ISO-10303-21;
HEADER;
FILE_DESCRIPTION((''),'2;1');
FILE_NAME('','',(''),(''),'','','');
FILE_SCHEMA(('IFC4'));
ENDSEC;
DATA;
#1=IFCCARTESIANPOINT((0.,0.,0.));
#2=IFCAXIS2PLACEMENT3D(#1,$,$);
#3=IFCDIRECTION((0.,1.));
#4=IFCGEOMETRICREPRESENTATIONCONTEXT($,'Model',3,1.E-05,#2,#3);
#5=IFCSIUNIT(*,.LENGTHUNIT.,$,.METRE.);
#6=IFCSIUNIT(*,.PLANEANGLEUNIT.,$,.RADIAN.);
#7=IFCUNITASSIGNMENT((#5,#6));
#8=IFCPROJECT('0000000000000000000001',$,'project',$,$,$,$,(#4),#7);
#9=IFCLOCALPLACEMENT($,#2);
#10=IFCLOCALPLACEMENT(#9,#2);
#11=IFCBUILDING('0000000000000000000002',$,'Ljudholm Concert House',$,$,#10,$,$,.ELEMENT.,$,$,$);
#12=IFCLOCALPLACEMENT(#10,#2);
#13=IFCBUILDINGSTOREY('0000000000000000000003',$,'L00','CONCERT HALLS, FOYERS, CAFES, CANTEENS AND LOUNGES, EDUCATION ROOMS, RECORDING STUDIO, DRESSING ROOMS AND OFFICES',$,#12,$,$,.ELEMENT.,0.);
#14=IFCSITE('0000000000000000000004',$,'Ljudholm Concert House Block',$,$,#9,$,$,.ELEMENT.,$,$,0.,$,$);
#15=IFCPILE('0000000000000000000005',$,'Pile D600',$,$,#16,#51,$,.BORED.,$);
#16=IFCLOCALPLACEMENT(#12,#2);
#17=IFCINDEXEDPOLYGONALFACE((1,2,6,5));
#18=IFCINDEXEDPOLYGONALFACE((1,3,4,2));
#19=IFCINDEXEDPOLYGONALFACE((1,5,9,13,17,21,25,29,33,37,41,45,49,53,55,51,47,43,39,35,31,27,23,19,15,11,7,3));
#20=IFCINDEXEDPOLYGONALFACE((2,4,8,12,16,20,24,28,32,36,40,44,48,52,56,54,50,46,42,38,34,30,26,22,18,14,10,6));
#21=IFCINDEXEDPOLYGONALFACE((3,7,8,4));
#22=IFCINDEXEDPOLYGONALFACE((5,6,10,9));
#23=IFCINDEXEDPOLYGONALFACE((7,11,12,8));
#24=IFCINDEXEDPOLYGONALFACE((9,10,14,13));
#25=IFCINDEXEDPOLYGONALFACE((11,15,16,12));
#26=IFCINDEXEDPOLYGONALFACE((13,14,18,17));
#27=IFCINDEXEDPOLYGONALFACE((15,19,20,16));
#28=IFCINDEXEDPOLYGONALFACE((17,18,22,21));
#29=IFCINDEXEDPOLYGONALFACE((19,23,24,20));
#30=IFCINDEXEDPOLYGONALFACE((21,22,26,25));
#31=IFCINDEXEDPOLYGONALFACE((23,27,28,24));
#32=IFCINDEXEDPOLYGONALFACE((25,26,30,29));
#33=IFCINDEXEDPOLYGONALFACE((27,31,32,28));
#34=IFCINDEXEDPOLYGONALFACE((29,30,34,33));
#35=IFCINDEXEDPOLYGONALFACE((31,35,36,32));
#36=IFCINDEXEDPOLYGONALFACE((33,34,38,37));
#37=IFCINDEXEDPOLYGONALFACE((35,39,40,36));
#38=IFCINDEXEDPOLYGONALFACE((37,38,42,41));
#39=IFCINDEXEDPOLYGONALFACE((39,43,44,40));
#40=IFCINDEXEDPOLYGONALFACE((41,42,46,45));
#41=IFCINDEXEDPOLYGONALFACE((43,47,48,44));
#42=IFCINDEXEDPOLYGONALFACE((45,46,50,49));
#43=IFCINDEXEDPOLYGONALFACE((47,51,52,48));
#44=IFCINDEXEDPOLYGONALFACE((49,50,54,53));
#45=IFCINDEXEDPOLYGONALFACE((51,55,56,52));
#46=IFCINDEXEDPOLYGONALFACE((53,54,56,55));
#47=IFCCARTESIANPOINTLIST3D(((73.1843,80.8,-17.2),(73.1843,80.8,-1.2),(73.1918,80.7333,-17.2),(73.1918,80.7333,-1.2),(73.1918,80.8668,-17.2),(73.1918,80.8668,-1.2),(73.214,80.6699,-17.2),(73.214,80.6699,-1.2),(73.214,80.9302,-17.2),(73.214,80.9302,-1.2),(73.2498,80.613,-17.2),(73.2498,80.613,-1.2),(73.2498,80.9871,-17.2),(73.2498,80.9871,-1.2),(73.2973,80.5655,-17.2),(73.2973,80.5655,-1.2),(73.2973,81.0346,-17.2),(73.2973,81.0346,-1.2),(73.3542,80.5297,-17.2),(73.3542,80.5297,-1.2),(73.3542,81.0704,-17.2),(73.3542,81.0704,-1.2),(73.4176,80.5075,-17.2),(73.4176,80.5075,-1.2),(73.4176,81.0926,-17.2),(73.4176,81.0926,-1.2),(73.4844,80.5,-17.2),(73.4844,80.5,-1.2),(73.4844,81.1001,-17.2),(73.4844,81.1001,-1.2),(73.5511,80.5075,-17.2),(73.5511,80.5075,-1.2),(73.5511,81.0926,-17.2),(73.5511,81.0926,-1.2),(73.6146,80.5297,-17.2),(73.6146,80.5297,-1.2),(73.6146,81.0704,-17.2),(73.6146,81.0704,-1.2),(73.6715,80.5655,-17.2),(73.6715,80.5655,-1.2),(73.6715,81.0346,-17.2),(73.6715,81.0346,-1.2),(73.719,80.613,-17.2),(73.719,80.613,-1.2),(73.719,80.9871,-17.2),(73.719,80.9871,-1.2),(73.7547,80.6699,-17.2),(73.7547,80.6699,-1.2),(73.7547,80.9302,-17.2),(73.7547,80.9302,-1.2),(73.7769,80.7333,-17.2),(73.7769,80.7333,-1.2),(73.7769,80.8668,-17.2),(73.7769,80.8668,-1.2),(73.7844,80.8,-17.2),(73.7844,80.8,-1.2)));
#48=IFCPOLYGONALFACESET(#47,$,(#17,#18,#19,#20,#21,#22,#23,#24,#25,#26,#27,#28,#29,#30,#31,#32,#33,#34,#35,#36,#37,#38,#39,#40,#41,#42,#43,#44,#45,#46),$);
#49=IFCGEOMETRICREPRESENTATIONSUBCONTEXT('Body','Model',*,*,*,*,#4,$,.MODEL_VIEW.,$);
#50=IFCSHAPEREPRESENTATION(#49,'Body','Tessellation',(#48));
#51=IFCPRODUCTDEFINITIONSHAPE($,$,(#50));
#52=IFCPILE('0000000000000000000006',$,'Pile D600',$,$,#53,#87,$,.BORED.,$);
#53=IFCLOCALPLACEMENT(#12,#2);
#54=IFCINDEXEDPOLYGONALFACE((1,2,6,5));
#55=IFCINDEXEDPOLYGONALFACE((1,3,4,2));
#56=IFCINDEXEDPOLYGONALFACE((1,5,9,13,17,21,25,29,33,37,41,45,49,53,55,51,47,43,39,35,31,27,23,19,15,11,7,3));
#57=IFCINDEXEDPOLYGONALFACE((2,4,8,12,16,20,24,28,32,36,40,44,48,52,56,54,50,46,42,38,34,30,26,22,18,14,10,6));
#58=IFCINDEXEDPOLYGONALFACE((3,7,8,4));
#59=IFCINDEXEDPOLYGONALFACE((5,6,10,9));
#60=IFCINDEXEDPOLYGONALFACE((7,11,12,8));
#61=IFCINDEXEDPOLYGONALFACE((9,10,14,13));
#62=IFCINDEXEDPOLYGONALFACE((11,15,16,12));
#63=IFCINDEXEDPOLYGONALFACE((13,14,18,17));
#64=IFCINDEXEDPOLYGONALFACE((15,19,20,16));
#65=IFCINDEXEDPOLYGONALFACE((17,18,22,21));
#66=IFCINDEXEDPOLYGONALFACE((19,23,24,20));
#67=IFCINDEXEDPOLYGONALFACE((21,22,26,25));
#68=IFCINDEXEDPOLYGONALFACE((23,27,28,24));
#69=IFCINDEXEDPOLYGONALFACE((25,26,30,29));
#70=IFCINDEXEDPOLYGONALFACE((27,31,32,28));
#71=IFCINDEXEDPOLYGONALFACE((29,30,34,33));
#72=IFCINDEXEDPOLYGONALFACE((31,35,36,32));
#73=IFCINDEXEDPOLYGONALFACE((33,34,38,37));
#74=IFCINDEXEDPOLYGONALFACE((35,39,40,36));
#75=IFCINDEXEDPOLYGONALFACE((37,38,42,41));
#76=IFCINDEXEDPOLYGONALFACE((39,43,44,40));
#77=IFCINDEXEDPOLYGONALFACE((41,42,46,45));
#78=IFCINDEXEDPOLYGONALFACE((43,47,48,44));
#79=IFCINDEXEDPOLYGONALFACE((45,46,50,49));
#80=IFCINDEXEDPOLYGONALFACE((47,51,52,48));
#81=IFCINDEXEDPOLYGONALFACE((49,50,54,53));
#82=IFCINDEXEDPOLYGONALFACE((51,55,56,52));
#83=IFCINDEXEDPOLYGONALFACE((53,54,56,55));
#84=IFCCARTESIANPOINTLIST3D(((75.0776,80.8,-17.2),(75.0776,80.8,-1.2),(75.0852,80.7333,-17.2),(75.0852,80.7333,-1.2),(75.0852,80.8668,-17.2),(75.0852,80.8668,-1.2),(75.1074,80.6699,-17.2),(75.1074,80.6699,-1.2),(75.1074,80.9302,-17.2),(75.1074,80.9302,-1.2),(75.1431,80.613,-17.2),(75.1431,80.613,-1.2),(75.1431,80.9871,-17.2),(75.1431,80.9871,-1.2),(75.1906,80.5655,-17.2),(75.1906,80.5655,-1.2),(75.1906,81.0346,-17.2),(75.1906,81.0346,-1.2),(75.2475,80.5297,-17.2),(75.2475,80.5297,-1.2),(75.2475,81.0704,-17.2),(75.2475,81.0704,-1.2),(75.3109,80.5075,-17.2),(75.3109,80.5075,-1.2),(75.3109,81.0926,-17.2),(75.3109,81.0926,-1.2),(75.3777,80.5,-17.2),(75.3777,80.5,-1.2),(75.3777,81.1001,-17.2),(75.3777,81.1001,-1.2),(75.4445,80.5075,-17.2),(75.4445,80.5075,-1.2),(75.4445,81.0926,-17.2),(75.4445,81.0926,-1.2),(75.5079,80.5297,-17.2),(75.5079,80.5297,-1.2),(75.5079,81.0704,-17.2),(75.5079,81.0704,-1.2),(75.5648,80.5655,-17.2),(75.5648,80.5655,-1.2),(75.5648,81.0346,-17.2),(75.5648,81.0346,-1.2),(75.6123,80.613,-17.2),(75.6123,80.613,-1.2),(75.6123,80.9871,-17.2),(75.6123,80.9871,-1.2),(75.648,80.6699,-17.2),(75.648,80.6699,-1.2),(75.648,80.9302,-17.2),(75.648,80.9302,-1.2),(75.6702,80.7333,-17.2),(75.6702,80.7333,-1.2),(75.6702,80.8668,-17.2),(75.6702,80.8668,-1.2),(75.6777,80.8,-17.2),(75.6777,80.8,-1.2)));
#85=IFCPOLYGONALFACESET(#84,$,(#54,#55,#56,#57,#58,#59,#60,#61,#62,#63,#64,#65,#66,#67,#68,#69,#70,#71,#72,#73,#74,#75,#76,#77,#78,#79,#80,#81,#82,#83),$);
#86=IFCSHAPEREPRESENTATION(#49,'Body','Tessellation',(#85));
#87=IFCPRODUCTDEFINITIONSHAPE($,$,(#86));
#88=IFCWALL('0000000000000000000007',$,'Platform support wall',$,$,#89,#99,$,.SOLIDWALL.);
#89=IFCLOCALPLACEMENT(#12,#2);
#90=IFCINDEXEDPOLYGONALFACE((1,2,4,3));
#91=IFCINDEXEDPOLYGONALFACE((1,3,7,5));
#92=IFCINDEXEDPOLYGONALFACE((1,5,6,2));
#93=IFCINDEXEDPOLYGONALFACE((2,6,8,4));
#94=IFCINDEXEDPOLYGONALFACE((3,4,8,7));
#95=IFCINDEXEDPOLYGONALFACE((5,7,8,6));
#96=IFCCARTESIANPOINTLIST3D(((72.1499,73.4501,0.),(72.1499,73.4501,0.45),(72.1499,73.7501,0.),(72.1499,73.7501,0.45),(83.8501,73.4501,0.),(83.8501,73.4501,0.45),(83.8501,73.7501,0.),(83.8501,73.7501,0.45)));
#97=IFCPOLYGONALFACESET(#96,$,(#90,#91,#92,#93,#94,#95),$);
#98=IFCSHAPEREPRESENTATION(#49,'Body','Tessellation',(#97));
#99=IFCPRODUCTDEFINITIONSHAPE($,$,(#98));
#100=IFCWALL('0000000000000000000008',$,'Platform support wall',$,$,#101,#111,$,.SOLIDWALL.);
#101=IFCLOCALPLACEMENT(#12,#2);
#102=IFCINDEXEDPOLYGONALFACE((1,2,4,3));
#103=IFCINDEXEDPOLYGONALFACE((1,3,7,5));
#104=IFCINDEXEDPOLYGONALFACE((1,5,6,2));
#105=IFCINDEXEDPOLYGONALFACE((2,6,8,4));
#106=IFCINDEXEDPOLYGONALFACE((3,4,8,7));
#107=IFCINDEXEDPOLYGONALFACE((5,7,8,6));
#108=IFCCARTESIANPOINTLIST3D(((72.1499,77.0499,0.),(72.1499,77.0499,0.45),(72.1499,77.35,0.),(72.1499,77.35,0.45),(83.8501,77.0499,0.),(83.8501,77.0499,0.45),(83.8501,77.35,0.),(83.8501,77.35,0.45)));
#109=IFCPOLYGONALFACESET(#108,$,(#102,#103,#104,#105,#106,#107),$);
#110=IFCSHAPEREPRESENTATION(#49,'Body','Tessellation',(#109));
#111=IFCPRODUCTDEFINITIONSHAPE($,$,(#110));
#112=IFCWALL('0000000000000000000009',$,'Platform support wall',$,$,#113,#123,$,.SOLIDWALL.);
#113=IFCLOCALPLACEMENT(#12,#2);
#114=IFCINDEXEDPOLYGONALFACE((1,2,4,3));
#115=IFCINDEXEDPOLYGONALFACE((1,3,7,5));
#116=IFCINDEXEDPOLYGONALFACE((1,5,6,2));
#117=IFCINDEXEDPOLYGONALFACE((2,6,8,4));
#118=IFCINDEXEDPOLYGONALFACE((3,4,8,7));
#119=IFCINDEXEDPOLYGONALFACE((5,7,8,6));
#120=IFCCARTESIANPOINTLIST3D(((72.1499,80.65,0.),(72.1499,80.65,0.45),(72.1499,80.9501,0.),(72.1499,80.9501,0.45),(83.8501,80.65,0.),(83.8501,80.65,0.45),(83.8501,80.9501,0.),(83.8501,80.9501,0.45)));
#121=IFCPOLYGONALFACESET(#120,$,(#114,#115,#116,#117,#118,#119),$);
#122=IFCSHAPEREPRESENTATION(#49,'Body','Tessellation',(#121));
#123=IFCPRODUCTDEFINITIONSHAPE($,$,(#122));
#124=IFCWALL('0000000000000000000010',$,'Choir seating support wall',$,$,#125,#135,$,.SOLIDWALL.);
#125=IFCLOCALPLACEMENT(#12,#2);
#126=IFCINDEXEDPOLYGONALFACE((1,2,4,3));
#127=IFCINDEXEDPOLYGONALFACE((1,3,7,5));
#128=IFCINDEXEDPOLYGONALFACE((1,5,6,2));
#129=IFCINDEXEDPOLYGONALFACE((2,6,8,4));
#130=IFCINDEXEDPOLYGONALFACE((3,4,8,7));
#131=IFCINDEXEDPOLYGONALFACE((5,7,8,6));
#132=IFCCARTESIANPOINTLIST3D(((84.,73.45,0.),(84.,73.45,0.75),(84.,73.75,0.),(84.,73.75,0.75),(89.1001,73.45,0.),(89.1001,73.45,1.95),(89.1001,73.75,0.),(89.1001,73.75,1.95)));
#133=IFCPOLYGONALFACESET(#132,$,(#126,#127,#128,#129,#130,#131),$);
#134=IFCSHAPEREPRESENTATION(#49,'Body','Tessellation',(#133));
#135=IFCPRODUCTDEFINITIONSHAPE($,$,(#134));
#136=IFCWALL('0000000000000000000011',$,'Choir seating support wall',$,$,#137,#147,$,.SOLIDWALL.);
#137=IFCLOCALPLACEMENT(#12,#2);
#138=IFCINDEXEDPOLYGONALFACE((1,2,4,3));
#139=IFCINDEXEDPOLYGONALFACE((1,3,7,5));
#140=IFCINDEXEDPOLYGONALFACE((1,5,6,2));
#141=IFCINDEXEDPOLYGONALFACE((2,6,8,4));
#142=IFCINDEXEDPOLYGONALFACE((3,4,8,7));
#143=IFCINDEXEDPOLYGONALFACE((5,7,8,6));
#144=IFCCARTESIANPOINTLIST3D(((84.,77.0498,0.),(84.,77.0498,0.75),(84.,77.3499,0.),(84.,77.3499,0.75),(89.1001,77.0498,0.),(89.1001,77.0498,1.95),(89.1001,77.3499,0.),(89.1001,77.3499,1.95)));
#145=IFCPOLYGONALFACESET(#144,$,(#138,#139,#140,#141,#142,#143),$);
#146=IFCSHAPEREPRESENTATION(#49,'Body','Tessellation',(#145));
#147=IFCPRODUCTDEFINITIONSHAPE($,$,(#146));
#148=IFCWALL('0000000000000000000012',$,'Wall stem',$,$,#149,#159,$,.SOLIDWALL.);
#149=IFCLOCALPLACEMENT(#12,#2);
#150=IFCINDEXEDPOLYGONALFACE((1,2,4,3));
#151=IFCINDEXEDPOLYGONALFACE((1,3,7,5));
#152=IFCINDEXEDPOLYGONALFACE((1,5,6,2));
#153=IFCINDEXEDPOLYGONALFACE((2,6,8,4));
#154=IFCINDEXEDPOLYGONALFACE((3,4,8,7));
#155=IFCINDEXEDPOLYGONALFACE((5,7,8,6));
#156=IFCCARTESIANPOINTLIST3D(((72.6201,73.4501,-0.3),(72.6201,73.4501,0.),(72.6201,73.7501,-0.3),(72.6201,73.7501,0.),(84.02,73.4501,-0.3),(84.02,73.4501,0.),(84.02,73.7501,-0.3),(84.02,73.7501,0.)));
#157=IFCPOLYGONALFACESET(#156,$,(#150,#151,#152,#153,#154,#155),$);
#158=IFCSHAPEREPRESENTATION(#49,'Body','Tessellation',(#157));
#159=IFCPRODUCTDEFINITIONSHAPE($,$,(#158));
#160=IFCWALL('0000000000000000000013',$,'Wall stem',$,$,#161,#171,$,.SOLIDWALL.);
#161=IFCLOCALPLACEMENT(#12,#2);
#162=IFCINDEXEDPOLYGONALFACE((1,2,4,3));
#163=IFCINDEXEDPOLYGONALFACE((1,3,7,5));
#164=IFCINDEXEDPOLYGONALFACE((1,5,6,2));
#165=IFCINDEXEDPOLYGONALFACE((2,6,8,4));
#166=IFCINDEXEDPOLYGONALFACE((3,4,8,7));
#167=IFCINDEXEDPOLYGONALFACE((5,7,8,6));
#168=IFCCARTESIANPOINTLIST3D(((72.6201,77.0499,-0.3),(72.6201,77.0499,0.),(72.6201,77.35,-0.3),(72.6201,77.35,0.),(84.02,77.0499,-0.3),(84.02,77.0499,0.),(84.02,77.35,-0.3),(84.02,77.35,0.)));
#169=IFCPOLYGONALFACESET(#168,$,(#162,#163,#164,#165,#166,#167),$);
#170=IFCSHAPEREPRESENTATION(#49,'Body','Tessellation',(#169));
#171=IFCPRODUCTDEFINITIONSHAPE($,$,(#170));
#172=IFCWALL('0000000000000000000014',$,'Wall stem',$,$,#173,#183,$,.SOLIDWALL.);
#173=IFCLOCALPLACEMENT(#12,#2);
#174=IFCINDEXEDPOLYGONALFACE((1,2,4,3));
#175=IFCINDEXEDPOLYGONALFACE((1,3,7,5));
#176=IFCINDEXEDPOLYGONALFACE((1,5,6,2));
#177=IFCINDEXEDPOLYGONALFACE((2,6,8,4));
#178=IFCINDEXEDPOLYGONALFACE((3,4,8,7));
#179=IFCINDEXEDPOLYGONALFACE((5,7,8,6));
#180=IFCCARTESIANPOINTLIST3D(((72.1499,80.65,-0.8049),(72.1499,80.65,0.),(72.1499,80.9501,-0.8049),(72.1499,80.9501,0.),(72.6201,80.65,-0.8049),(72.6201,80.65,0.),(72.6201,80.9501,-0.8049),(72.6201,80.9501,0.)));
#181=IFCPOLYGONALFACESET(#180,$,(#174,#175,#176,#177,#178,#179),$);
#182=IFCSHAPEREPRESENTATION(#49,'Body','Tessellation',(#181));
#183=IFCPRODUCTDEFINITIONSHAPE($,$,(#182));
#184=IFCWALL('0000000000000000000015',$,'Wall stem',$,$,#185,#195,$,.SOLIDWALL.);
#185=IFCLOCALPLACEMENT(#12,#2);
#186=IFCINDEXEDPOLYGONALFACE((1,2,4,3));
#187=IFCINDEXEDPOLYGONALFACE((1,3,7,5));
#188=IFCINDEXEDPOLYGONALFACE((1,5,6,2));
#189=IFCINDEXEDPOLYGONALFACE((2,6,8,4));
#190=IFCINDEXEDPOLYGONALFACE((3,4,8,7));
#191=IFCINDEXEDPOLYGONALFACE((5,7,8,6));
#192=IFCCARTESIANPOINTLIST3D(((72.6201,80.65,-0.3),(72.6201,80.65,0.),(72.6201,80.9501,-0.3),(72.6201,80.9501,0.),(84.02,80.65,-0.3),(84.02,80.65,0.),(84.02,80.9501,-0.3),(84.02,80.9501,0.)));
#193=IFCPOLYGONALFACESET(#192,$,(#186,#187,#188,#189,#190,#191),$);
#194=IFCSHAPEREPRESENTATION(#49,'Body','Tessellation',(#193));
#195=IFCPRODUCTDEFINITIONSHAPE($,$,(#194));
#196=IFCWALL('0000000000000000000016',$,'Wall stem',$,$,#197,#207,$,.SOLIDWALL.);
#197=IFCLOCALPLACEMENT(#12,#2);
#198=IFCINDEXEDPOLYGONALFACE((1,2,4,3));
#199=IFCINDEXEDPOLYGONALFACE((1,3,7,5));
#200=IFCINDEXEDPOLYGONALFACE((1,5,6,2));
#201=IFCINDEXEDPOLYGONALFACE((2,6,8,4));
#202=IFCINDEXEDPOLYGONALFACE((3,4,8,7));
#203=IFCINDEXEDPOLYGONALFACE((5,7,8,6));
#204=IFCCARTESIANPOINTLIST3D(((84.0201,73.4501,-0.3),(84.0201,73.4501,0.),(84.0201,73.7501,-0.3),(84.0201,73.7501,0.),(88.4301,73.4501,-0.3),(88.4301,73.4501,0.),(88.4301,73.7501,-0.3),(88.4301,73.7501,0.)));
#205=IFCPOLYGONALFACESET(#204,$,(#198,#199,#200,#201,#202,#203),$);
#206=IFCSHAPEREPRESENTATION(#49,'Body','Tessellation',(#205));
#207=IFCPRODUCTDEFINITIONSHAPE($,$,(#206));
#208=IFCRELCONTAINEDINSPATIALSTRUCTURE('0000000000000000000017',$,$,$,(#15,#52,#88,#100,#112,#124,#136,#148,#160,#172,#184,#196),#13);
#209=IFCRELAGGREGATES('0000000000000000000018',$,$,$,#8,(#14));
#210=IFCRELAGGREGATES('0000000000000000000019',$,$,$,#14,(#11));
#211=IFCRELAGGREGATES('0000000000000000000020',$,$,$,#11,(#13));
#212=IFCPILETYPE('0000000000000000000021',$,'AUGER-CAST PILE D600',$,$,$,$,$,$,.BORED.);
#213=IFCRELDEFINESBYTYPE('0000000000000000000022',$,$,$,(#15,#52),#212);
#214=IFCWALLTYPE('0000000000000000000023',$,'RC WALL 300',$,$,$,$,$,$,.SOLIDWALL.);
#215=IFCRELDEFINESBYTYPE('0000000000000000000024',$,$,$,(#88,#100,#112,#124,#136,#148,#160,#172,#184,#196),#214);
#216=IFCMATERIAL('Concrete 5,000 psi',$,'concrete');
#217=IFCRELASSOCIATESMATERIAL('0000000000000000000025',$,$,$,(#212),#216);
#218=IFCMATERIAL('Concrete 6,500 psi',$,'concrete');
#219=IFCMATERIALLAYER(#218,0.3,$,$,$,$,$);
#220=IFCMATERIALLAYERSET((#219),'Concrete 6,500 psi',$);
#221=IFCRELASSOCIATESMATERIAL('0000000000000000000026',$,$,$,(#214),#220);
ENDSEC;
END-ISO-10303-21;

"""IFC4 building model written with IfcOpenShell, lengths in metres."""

from ifc_helpers import new_model, si_unit, direction, frame, frame_2d, origin, origin_2d, place, context, subcontext, project, spatial, polyline, rectangle, circle, outline, extrude, material, layer, layer_set, material_profile, profile_set, type_object, element, save


model = new_model("IFC4")

# Units and contexts
model_context = context("Model", 3, precision=1e-05, world=origin(), true_north=direction((0.0, 1.0)))
body_context = subcontext(model_context, "Body", "Model", "MODEL_VIEW")
ifc_project = project(units=[si_unit("LENGTHUNIT", "METRE"), si_unit("PLANEANGLEUNIT", "RADIAN")], contexts=[model_context])

# Site, building, storey
site_placement = place(None, origin())
site = spatial("IfcSite", under=ifc_project, at=site_placement, Name="Ljudholm Concert House Block", CompositionType="ELEMENT", RefElevation=0.0)
building_placement = place(site_placement, origin())
building = spatial("IfcBuilding", under=site, at=building_placement, Name="Ljudholm Concert House", CompositionType="ELEMENT")
storey_placement = place(building_placement, origin())
storey = spatial("IfcBuildingStorey", under=building, at=storey_placement, Name="L00", Description="CONCERT HALLS, FOYERS, CAFES, CANTEENS AND LOUNGES, EDUCATION ROOMS, RECORDING STUDIO, DRESSING ROOMS AND OFFICES", CompositionType="ELEMENT", Elevation=0.0)

# Piles
ifc_material_1 = material(Name="Concrete 5,000 psi", Category="concrete")
ifc_material_profile = material_profile(ifc_material_1, circle(Radius=0.3, at=origin_2d()), Name="AUGER-CAST PILE D600")
ifc_profile_set = profile_set([ifc_material_profile], Name="Concrete 5,000 psi")
pile_type = type_object("IfcPileType", Name="AUGER-CAST PILE D600", PredefinedType="BORED", material=ifc_profile_set)
for number, where, z_axis, x_axis, name in (
    (1, (73.4844, 80.8, -1.2), (0.0, 0.0, -1.0), (1.0, 0.0, 0.0), "Pile D600"),
    (2, (75.3777, 80.8, -1.2), (0.0, 0.0, -1.0), (1.0, 0.0, 0.0), "Pile D600"),
):
    element("IfcPile", number, at=place(storey_placement, frame(where, z_axis=z_axis, x_axis=x_axis)), inside=storey, type_object=pile_type, Name=name, PredefinedType="BORED", context=body_context, shape_type="SweptSolid", body=[
        extrude(circle(Radius=0.3, at=origin_2d()), origin(), (0.0, 0.0, 1.0), 16.0),
    ])

# Walls
ifc_material_2 = material(Name="Concrete 6,500 psi", Category="concrete")
ifc_layer_1 = layer(ifc_material_2, 0.3)
ifc_layer_set_1 = layer_set([ifc_layer_1], Name="Concrete 6,500 psi")
wall_type = type_object("IfcWallType", Name="RC WALL 300", PredefinedType="SOLIDWALL", material=ifc_layer_set_1)
for number, where, z_axis, x_axis, name in (
    (3, (72.1499, 73.6001, 0.0), (0.0, 0.0, 1.0), (1.0, 0.0, 0.0), "Platform support wall"),
    (4, (72.1499, 77.2, 0.0), (0.0, 0.0, 1.0), (1.0, 0.0, 0.0), "Platform support wall"),
    (5, (72.1499, 80.8, 0.0), (0.0, 0.0, 1.0), (1.0, 0.0, 0.0), "Platform support wall"),
):
    element("IfcWall", number, at=place(storey_placement, frame(where, z_axis=z_axis, x_axis=x_axis)), inside=storey, type_object=wall_type, Name=name, PredefinedType="SOLIDWALL", context=body_context, shape_type="SweptSolid", body=[
        extrude(rectangle(XDim=11.7002, YDim=0.3, at=frame_2d((5.8501, 0.0))), origin(), (0.0, 0.0, 1.0), 0.45),
    ])
for number, where, z_axis, x_axis, name in (
    (6, (84.0, 73.6001, 0.0), (0.0, 0.0, 1.0), (1.0, 0.0, 0.0), "Choir seating support wall"),
    (7, (84.0, 77.2, 0.0), (0.0, 0.0, 1.0), (1.0, 0.0, 0.0), "Choir seating support wall"),
):
    element("IfcWall", number, at=place(storey_placement, frame(where, z_axis=z_axis, x_axis=x_axis)), inside=storey, type_object=wall_type, Name=name, PredefinedType="SOLIDWALL", context=body_context, shape_type="SweptSolid", body=[
        extrude(outline(polyline([(0.0, 0.0), (5.1001, 0.0), (5.1001, 1.95), (0.0, 0.75), (0.0, 0.0)])), frame((0.0, 0.1499, 0.0), z_axis=(0.0, -1.0, 0.0), x_axis=(1.0, 0.0, 0.0)), (0.0, 0.0, 1.0), 0.3),
    ])
for number, where, z_axis, x_axis, name in (
    (8, (72.6201, 73.6001, -0.3), (0.0, 0.0, 1.0), (1.0, 0.0, 0.0), "Wall stem"),
    (9, (72.6201, 77.2, -0.3), (0.0, 0.0, 1.0), (1.0, 0.0, 0.0), "Wall stem"),
):
    element("IfcWall", number, at=place(storey_placement, frame(where, z_axis=z_axis, x_axis=x_axis)), inside=storey, type_object=wall_type, Name=name, PredefinedType="SOLIDWALL", context=body_context, shape_type="SweptSolid", body=[
        extrude(rectangle(XDim=11.3999, YDim=0.3, at=frame_2d((5.7, 0.0))), origin(), (0.0, 0.0, 1.0), 0.3),
    ])
wall_1_placement = place(storey_placement, frame((72.1499, 80.8, -0.8049), z_axis=(0.0, 0.0, 1.0), x_axis=(1.0, 0.0, 0.0)))
element("IfcWall", 10, at=wall_1_placement, inside=storey, type_object=wall_type, Name="Wall stem", PredefinedType="SOLIDWALL", context=body_context, shape_type="SweptSolid", body=[
    extrude(rectangle(XDim=0.4702, YDim=0.3, at=frame_2d((0.2351, 0.0))), origin(), (0.0, 0.0, 1.0), 0.8049),
])
wall_2_placement = place(storey_placement, frame((72.6201, 80.8, -0.3), z_axis=(0.0, 0.0, 1.0), x_axis=(1.0, 0.0, 0.0)))
element("IfcWall", 11, at=wall_2_placement, inside=storey, type_object=wall_type, Name="Wall stem", PredefinedType="SOLIDWALL", context=body_context, shape_type="SweptSolid", body=[
    extrude(rectangle(XDim=11.3999, YDim=0.3, at=frame_2d((5.7, 0.0))), origin(), (0.0, 0.0, 1.0), 0.3),
])
for number, where, z_axis, x_axis, name in (
    (12, (84.02, 73.6001, -0.3), (0.0, 0.0, 1.0), (1.0, 0.0, 0.0), "Wall stem"),
):
    element("IfcWall", number, at=place(storey_placement, frame(where, z_axis=z_axis, x_axis=x_axis)), inside=storey, type_object=wall_type, Name=name, PredefinedType="SOLIDWALL", context=body_context, shape_type="SweptSolid", body=[
        extrude(rectangle(XDim=4.4099, YDim=0.3, at=frame_2d((2.2051, 0.0))), origin(), (0.0, 0.0, 1.0), 0.3),
    ])

save(model, "model.ifc")
